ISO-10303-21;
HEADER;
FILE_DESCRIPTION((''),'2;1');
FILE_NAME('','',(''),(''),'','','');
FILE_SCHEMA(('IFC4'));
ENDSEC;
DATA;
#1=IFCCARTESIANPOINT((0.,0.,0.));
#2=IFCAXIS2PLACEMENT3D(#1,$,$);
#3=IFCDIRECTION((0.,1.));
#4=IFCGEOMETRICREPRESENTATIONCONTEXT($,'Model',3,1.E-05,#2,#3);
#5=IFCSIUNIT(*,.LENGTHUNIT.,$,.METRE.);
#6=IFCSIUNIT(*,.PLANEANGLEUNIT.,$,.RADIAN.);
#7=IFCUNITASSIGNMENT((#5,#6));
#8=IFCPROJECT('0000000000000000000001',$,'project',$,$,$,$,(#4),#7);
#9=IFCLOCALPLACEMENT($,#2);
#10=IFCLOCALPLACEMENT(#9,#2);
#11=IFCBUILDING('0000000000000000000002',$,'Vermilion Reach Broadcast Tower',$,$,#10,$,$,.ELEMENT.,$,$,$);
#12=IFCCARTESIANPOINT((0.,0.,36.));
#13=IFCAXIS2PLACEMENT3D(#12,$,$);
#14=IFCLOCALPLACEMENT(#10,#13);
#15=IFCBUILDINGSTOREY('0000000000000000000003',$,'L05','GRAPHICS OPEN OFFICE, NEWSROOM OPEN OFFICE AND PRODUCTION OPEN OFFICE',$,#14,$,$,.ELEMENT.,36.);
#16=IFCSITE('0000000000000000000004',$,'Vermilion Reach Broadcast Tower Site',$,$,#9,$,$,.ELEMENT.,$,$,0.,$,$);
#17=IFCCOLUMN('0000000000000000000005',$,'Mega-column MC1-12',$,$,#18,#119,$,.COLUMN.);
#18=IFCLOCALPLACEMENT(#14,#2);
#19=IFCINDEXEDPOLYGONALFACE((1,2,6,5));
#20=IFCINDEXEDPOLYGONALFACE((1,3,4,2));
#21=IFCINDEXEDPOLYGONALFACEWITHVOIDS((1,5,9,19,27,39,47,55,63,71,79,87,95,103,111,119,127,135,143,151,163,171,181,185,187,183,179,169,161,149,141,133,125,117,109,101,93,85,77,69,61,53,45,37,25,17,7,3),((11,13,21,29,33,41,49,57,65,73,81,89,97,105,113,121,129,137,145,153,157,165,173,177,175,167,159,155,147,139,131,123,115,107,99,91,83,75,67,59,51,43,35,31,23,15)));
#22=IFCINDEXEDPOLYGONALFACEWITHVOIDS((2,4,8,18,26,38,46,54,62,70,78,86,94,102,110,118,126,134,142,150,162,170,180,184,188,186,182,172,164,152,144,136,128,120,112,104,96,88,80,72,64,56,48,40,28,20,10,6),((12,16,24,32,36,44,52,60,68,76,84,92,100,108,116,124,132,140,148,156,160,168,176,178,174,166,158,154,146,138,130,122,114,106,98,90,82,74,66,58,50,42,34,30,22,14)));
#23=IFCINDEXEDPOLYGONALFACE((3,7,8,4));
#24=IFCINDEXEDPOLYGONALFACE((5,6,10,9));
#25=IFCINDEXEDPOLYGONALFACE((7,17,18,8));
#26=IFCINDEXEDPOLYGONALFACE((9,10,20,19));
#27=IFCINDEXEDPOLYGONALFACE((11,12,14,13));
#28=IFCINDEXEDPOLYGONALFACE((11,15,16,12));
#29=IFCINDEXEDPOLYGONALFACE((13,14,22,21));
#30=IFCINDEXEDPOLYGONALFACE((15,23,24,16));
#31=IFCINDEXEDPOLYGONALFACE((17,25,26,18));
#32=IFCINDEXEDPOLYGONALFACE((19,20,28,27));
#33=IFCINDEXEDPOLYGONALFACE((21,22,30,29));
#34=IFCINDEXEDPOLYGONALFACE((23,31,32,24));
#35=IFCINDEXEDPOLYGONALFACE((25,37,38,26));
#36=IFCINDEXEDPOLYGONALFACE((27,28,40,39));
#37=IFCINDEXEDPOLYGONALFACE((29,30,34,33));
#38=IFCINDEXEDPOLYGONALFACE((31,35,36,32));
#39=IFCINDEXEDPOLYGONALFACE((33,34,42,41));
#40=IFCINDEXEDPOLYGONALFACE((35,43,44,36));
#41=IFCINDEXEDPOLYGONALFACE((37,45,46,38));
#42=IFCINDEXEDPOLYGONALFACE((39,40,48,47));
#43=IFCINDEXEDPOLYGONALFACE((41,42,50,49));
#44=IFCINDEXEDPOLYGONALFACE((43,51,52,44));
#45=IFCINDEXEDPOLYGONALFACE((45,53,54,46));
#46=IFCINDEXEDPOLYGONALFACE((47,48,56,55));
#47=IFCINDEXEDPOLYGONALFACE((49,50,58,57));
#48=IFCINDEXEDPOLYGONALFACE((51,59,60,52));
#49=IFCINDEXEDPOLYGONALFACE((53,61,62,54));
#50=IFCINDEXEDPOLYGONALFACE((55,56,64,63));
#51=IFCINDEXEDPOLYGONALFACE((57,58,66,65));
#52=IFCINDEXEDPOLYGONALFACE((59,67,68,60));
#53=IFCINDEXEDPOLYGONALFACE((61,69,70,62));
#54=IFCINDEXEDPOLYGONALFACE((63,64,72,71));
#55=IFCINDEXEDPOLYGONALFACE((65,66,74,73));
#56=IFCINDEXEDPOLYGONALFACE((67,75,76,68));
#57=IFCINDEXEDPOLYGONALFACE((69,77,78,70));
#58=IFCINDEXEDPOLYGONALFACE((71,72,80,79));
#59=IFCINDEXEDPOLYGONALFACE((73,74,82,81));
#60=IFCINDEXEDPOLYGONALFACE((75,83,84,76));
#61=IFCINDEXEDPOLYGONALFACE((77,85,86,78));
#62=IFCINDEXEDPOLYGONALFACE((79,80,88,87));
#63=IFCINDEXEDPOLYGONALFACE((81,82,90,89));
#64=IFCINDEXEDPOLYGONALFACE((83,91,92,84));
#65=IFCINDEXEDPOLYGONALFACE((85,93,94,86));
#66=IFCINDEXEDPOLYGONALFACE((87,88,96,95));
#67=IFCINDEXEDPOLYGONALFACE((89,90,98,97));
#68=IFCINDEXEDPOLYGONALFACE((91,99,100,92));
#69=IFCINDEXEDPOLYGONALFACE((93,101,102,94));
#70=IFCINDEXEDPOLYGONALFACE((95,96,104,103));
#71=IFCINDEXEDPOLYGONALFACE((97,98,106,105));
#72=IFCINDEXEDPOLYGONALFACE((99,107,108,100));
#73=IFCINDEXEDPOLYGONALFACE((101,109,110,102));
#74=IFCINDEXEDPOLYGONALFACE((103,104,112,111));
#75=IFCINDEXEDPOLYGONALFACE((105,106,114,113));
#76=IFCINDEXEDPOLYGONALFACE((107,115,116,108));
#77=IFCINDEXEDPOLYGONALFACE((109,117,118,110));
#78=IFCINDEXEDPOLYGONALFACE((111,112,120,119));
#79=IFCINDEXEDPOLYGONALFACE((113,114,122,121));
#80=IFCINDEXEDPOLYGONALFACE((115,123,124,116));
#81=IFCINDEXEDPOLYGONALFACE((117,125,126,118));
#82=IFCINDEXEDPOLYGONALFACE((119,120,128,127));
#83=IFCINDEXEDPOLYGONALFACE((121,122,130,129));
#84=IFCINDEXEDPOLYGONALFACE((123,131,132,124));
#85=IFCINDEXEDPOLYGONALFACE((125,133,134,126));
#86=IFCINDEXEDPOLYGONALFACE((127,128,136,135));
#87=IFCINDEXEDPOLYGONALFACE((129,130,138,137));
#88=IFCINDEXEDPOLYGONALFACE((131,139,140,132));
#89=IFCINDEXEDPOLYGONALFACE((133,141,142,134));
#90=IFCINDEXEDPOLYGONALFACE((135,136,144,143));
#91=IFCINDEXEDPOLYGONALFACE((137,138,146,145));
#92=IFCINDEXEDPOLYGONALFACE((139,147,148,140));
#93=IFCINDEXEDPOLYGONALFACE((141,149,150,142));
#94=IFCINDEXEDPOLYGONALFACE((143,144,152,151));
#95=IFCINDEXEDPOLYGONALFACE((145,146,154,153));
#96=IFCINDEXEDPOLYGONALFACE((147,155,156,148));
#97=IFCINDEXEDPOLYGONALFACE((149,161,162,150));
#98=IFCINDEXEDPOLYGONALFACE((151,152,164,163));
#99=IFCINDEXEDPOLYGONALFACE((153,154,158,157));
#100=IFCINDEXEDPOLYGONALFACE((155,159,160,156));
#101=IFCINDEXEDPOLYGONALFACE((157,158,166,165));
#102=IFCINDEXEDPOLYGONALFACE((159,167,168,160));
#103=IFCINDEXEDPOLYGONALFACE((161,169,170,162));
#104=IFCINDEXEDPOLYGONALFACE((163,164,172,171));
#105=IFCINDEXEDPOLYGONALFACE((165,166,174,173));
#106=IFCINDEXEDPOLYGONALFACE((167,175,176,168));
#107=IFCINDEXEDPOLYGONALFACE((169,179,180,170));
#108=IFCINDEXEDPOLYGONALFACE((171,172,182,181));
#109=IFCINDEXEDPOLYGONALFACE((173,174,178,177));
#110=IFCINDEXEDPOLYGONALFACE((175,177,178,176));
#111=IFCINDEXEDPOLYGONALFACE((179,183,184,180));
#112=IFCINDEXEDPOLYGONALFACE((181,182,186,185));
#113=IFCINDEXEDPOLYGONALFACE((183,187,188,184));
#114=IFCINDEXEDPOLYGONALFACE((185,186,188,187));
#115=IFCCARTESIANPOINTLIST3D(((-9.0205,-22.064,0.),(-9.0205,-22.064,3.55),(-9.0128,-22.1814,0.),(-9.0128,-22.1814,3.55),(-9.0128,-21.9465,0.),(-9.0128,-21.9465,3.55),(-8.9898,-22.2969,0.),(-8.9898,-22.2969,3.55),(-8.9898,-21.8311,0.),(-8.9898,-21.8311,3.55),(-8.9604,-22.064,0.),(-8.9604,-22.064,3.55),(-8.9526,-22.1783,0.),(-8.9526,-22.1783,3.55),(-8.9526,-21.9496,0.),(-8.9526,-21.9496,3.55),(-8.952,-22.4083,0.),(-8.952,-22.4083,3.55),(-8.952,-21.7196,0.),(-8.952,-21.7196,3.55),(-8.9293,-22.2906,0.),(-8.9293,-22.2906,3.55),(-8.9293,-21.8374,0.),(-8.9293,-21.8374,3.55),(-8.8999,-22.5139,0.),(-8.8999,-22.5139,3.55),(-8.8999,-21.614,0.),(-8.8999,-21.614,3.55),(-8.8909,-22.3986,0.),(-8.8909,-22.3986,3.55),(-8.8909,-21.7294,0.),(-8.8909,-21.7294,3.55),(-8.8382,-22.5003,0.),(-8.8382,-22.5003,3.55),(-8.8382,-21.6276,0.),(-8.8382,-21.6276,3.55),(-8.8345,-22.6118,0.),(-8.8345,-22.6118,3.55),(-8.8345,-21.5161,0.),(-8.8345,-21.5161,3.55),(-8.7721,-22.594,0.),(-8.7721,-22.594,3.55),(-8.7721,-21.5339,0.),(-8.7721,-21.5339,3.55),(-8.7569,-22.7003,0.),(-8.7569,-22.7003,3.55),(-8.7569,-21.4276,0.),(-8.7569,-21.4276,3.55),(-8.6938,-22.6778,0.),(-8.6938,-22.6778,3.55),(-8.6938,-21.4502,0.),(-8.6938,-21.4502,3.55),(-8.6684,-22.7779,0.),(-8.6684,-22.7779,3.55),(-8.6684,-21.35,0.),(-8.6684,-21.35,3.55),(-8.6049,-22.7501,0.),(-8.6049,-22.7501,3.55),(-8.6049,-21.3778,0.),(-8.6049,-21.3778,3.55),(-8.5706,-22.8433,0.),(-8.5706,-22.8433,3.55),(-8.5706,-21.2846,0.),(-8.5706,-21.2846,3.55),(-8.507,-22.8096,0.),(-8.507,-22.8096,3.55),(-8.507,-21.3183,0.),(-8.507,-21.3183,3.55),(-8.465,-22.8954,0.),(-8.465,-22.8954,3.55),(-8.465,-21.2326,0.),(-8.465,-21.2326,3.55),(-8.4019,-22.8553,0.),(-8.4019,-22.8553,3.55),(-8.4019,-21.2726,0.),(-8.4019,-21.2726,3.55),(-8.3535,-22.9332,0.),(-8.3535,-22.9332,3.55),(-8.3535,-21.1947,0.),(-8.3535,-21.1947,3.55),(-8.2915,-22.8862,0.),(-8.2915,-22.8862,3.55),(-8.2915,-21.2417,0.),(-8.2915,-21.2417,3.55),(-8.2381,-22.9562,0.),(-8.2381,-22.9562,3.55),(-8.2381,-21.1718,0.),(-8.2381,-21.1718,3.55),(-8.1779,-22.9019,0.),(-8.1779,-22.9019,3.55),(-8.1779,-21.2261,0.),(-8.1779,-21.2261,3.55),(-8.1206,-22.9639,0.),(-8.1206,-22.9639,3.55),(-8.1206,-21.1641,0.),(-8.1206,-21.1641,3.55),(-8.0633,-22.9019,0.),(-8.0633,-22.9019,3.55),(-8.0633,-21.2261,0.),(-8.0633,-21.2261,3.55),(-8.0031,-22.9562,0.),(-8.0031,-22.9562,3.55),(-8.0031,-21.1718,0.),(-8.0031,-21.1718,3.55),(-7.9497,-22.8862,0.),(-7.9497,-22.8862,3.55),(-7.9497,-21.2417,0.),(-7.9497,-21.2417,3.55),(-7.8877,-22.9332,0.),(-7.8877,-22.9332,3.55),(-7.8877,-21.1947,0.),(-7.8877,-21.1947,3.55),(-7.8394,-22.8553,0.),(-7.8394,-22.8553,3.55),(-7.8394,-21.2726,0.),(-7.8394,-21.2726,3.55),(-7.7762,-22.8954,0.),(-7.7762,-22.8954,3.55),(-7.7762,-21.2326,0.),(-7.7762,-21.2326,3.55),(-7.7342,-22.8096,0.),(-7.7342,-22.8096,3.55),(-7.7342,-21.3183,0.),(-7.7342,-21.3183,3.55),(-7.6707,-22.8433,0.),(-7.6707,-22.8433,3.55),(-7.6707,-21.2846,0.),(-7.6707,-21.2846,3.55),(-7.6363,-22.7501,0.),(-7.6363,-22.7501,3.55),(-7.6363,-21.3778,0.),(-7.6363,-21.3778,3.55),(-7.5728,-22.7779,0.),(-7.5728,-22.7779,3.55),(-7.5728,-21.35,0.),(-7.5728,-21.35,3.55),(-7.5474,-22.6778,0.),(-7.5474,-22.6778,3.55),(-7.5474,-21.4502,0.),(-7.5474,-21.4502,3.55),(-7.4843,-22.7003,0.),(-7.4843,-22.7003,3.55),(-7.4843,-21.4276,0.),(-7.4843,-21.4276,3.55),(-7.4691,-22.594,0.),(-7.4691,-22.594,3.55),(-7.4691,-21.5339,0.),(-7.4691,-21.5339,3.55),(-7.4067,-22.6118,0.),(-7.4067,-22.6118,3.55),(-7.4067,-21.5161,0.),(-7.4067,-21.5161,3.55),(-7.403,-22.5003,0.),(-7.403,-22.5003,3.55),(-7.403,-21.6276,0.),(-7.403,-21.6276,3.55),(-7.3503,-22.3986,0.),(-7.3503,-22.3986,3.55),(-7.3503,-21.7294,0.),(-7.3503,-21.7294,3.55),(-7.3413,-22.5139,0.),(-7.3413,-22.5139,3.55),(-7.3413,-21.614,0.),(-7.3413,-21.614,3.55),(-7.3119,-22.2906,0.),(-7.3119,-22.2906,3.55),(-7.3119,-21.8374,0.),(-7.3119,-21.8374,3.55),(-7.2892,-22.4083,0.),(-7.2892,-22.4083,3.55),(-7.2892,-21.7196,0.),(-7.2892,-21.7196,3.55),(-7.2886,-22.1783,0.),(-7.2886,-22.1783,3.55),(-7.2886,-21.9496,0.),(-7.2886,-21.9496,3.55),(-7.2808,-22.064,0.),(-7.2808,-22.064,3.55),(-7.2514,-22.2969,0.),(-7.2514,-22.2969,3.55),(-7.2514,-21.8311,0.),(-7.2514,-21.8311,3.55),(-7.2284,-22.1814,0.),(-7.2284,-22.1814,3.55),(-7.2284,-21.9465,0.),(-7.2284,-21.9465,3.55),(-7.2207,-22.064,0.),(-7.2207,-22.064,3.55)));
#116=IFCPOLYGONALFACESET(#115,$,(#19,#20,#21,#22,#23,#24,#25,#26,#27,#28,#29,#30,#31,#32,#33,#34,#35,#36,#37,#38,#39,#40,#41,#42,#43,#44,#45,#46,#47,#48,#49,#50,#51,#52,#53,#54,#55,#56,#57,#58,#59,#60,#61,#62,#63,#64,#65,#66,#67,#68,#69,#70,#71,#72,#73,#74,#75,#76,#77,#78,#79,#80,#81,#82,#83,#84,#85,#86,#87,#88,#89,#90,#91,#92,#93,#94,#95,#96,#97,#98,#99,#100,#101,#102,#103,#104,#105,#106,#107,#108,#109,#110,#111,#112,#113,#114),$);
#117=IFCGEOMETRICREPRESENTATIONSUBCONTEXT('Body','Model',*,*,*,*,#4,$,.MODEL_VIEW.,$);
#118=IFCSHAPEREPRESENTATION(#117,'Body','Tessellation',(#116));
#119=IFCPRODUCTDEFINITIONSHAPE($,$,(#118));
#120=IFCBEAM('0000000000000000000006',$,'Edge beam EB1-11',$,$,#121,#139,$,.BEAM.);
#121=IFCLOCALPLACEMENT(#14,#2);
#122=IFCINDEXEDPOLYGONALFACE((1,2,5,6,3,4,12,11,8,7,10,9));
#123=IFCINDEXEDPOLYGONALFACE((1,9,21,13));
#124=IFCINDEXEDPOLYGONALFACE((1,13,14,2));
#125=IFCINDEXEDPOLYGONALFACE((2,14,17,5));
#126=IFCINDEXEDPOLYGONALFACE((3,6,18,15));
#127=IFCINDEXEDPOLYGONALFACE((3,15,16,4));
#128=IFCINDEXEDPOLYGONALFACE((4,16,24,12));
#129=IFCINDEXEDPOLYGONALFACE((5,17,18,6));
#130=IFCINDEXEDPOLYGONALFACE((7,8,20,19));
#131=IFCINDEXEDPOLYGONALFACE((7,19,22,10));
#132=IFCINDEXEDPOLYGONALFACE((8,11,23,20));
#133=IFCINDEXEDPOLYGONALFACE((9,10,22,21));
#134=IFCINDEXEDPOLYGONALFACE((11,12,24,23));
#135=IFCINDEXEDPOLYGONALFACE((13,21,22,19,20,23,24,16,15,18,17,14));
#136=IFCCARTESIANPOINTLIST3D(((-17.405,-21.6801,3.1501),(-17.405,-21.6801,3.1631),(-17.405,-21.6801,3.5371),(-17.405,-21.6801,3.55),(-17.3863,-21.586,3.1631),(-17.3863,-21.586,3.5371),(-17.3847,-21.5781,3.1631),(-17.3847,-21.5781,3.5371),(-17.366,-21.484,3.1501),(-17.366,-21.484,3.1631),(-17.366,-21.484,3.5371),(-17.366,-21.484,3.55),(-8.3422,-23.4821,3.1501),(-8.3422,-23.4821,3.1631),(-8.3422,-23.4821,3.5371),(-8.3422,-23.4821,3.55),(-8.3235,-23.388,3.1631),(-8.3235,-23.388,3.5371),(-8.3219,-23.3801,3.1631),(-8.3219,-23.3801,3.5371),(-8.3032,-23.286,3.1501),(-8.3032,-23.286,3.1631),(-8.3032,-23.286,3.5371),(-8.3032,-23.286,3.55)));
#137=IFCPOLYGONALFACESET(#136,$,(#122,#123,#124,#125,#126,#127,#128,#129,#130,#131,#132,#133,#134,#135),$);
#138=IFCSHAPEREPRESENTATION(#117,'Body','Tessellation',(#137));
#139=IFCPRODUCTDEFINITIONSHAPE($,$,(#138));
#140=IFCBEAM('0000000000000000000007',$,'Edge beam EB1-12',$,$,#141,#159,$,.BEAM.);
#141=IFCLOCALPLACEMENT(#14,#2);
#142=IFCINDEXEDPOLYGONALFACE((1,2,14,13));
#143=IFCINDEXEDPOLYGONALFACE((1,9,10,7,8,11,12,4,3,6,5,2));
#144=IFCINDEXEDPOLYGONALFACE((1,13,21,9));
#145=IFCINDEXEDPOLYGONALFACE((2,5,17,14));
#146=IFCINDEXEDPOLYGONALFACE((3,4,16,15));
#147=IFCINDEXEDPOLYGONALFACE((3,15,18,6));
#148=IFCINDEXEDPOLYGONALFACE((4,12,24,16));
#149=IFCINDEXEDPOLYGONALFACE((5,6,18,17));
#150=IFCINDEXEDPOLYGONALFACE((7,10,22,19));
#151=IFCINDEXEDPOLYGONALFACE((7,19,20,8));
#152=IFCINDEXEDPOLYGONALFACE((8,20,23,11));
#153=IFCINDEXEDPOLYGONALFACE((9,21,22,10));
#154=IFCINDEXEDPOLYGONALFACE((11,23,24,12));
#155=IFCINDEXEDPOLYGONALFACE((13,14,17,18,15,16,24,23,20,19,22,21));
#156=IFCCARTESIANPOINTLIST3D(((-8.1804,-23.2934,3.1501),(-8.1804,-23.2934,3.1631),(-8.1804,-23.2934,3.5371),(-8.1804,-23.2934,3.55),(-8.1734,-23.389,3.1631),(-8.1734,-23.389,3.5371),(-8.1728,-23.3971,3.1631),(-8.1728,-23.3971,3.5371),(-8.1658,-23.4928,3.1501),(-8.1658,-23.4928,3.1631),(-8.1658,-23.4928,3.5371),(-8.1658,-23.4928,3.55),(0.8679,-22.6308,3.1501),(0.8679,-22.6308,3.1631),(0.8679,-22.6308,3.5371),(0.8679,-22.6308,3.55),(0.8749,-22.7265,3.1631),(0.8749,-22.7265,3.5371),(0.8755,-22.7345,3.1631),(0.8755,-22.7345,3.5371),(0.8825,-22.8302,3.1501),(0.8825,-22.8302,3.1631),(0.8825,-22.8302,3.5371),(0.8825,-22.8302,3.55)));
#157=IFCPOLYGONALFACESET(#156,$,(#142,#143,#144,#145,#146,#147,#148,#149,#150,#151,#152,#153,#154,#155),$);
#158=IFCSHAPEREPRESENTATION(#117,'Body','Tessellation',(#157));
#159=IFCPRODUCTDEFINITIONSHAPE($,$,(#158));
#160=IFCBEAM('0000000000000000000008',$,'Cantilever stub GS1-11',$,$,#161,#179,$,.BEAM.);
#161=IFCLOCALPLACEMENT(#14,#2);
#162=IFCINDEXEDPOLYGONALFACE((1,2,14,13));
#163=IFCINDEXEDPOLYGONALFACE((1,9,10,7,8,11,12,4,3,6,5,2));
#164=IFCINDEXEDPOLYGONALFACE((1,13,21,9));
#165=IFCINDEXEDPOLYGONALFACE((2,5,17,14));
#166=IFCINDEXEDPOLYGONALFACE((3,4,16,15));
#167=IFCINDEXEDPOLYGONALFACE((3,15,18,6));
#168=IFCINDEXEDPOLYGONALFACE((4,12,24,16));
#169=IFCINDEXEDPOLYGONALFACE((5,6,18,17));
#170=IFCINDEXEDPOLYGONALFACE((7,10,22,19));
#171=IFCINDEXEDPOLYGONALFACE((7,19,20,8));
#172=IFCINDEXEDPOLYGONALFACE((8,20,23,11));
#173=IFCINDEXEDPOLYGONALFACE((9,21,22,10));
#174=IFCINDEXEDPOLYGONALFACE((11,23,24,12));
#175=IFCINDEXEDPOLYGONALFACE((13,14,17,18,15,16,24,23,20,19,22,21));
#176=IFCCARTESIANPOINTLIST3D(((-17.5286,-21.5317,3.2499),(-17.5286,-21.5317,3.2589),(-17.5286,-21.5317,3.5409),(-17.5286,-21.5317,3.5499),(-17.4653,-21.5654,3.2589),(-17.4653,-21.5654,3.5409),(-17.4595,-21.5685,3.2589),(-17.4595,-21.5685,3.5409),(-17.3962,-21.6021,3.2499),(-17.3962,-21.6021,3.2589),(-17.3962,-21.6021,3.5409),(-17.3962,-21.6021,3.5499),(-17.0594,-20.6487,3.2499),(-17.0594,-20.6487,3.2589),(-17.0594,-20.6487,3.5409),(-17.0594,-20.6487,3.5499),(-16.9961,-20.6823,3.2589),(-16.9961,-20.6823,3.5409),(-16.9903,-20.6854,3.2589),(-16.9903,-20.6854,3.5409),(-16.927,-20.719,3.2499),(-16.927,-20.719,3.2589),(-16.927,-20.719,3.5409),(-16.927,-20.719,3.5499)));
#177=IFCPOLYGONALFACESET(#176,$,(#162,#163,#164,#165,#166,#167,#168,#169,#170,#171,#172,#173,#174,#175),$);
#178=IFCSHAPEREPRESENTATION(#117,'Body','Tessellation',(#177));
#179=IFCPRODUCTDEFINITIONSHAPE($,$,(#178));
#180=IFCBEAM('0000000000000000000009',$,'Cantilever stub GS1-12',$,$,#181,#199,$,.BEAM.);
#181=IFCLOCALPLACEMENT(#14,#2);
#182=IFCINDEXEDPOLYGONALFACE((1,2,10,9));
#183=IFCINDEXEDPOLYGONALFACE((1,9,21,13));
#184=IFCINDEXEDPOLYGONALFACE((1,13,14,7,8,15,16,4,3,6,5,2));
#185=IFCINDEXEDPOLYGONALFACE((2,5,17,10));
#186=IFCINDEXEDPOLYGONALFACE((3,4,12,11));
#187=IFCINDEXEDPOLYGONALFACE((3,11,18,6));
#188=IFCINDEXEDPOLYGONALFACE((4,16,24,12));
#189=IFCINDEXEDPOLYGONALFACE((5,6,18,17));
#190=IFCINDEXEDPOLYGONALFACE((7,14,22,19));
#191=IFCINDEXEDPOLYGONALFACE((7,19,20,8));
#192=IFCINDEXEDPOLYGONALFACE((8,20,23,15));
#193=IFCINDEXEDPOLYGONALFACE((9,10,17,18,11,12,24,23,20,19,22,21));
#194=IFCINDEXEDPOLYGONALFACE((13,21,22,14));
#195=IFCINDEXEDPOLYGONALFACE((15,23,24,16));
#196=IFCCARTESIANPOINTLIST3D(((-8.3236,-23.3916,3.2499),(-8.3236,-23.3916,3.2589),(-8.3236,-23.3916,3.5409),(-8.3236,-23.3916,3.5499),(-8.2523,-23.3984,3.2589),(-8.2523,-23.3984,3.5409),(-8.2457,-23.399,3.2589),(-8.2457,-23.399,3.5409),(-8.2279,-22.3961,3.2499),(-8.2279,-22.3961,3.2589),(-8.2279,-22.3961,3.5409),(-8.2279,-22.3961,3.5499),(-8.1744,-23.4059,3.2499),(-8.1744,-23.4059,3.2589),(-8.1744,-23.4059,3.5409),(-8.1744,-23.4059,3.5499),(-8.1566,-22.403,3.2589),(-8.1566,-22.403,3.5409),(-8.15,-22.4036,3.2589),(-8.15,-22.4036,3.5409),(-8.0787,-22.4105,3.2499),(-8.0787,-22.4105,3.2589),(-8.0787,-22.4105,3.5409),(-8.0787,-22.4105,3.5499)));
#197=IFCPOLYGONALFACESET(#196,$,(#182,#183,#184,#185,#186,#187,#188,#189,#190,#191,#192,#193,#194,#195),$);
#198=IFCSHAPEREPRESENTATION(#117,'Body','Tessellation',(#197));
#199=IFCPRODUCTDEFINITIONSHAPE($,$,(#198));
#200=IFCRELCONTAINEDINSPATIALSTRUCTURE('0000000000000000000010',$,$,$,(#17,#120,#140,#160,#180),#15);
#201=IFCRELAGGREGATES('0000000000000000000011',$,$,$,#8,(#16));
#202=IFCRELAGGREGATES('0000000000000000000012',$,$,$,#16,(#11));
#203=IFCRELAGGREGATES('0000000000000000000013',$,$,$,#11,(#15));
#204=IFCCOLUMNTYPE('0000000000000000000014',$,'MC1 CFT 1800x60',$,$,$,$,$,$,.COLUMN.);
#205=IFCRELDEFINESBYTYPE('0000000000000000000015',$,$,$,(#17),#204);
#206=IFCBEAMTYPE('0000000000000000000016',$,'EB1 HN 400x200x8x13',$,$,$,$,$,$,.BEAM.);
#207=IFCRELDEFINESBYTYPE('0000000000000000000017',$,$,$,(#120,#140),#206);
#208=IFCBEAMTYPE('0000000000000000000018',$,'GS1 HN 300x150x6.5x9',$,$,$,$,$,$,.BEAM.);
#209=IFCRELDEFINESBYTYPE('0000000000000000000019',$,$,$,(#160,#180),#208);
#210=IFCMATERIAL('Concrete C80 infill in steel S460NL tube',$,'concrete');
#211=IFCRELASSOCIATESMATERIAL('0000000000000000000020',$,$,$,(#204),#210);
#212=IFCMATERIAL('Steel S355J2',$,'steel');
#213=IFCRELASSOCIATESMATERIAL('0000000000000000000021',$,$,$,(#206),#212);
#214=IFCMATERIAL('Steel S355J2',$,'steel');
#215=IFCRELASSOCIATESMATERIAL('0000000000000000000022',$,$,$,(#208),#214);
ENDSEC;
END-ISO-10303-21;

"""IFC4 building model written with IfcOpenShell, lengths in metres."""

from ifc_helpers import new_model, si_unit, direction, frame, origin, origin_2d, place, context, subcontext, project, spatial, hollow_circle, i_section, extrude, material, material_profile, profile_set, type_object, element, save


model = new_model("IFC4")

# Units and contexts
model_context = context("Model", 3, precision=1e-05, world=origin(), true_north=direction((0.0, 1.0)))
body_context = subcontext(model_context, "Body", "Model", "MODEL_VIEW")
ifc_project = project(units=[si_unit("LENGTHUNIT", "METRE"), si_unit("PLANEANGLEUNIT", "RADIAN")], contexts=[model_context])

# Site, building, storey
site_placement = place(None, origin())
site = spatial("IfcSite", under=ifc_project, at=site_placement, Name="Vermilion Reach Broadcast Tower Site", CompositionType="ELEMENT", RefElevation=0.0)
building_placement = place(site_placement, origin())
building = spatial("IfcBuilding", under=site, at=building_placement, Name="Vermilion Reach Broadcast Tower", CompositionType="ELEMENT")
storey_placement = place(building_placement, frame((0.0, 0.0, 36.0)))
storey = spatial("IfcBuildingStorey", under=building, at=storey_placement, Name="L05", Description="GRAPHICS OPEN OFFICE, NEWSROOM OPEN OFFICE AND PRODUCTION OPEN OFFICE", CompositionType="ELEMENT", Elevation=36.0)

# Column
ifc_material_1 = material(Name="Concrete C80 infill in steel S460NL tube", Category="concrete")
ifc_material_profile_1 = material_profile(ifc_material_1, hollow_circle(Radius=0.8999, WallThickness=0.0601, at=origin_2d()), Name="Concrete C80 infill in steel S460NL tube CFT 1800x60")
ifc_profile_set_1 = profile_set([ifc_material_profile_1], Name="Concrete C80 infill in steel S460NL tube")
column_type = type_object("IfcColumnType", Name="MC1 CFT 1800x60", PredefinedType="COLUMN", material=ifc_profile_set_1)
column_placement = place(storey_placement, frame((-8.1206, -22.064, 0.0), z_axis=(0.0, 0.0, 1.0), x_axis=(1.0, 0.0, 0.0)))
element("IfcColumn", 1, at=column_placement, inside=storey, type_object=column_type, Name="Mega-column MC1-12", PredefinedType="COLUMN", context=body_context, shape_type="SweptSolid", body=[
    extrude(hollow_circle(Radius=0.8999, WallThickness=0.0601, at=origin_2d()), origin(), (0.0, 0.0, 1.0), 3.55),
])

# Beams
ifc_material_2 = material(Name="Steel S355J2", Category="steel")
ifc_material_profile_2 = material_profile(ifc_material_2, i_section(OverallWidth=0.2, OverallDepth=0.3999, WebThickness=0.0081, FlangeThickness=0.0129, at=origin_2d()), Name="S355J2 HN 400x200x8x13")
ifc_profile_set_2 = profile_set([ifc_material_profile_2], Name="Steel S355J2")
beam_type_1 = type_object("IfcBeamType", Name="EB1 HN 400x200x8x13", PredefinedType="BEAM", material=ifc_profile_set_2)
beam_1_placement = place(storey_placement, frame((-17.3855, -21.582, 3.3501), z_axis=(0.9808, -0.195018, 0.0), x_axis=(0.195018, 0.9808, 0.0)))
element("IfcBeam", 2, at=beam_1_placement, inside=storey, type_object=beam_type_1, Name="Edge beam EB1-11", PredefinedType="BEAM", context=body_context, shape_type="SweptSolid", body=[
    extrude(i_section(OverallWidth=0.2, OverallDepth=0.3999, WebThickness=0.0081, FlangeThickness=0.0129, at=origin_2d()), origin(), (0.0, 0.0, 1.0), 9.2402),
])
beam_2_placement = place(storey_placement, frame((-8.1731, -23.3931, 3.3501), z_axis=(0.99733, 0.073033, 0.0), x_axis=(-0.073033, 0.99733, 0.0)))
element("IfcBeam", 3, at=beam_2_placement, inside=storey, type_object=beam_type_1, Name="Edge beam EB1-12", PredefinedType="BEAM", context=body_context, shape_type="SweptSolid", body=[
    extrude(i_section(OverallWidth=0.2, OverallDepth=0.3999, WebThickness=0.0081, FlangeThickness=0.0129, at=origin_2d()), origin(), (0.0, 0.0, 1.0), 9.0725),
])
ifc_material_3 = material(Name="Steel S355J2", Category="steel")
ifc_material_profile_3 = material_profile(ifc_material_3, i_section(OverallWidth=0.1499, OverallDepth=0.3, WebThickness=0.0066, FlangeThickness=0.009, at=origin_2d()), Name="S355J2 HN 300x150x6.5x9")
ifc_profile_set_3 = profile_set([ifc_material_profile_3], Name="Steel S355J2")
beam_type_2 = type_object("IfcBeamType", Name="GS1 HN 300x150x6.5x9", PredefinedType="BEAM", material=ifc_profile_set_3)
for number, where, z_axis, x_axis, name in (
    (4, (-16.9932, -20.6838, 3.3999), (-0.469244, -0.883068, 0.0), (0.883068, -0.469244, 0.0), "Cantilever stub GS1-11"),
    (5, (-8.1533, -22.4033, 3.3999), (-0.095708, -0.995409, 0.0), (0.995409, -0.095708, 0.0), "Cantilever stub GS1-12"),
):
    element("IfcBeam", number, at=place(storey_placement, frame(where, z_axis=z_axis, x_axis=x_axis)), inside=storey, type_object=beam_type_2, Name=name, PredefinedType="BEAM", context=body_context, shape_type="SweptSolid", body=[
        extrude(i_section(OverallWidth=0.1499, OverallDepth=0.3, WebThickness=0.0066, FlangeThickness=0.009, at=origin_2d()), origin(), (0.0, 0.0, 1.0), 1.0),
    ])

save(model, "model.ifc")
